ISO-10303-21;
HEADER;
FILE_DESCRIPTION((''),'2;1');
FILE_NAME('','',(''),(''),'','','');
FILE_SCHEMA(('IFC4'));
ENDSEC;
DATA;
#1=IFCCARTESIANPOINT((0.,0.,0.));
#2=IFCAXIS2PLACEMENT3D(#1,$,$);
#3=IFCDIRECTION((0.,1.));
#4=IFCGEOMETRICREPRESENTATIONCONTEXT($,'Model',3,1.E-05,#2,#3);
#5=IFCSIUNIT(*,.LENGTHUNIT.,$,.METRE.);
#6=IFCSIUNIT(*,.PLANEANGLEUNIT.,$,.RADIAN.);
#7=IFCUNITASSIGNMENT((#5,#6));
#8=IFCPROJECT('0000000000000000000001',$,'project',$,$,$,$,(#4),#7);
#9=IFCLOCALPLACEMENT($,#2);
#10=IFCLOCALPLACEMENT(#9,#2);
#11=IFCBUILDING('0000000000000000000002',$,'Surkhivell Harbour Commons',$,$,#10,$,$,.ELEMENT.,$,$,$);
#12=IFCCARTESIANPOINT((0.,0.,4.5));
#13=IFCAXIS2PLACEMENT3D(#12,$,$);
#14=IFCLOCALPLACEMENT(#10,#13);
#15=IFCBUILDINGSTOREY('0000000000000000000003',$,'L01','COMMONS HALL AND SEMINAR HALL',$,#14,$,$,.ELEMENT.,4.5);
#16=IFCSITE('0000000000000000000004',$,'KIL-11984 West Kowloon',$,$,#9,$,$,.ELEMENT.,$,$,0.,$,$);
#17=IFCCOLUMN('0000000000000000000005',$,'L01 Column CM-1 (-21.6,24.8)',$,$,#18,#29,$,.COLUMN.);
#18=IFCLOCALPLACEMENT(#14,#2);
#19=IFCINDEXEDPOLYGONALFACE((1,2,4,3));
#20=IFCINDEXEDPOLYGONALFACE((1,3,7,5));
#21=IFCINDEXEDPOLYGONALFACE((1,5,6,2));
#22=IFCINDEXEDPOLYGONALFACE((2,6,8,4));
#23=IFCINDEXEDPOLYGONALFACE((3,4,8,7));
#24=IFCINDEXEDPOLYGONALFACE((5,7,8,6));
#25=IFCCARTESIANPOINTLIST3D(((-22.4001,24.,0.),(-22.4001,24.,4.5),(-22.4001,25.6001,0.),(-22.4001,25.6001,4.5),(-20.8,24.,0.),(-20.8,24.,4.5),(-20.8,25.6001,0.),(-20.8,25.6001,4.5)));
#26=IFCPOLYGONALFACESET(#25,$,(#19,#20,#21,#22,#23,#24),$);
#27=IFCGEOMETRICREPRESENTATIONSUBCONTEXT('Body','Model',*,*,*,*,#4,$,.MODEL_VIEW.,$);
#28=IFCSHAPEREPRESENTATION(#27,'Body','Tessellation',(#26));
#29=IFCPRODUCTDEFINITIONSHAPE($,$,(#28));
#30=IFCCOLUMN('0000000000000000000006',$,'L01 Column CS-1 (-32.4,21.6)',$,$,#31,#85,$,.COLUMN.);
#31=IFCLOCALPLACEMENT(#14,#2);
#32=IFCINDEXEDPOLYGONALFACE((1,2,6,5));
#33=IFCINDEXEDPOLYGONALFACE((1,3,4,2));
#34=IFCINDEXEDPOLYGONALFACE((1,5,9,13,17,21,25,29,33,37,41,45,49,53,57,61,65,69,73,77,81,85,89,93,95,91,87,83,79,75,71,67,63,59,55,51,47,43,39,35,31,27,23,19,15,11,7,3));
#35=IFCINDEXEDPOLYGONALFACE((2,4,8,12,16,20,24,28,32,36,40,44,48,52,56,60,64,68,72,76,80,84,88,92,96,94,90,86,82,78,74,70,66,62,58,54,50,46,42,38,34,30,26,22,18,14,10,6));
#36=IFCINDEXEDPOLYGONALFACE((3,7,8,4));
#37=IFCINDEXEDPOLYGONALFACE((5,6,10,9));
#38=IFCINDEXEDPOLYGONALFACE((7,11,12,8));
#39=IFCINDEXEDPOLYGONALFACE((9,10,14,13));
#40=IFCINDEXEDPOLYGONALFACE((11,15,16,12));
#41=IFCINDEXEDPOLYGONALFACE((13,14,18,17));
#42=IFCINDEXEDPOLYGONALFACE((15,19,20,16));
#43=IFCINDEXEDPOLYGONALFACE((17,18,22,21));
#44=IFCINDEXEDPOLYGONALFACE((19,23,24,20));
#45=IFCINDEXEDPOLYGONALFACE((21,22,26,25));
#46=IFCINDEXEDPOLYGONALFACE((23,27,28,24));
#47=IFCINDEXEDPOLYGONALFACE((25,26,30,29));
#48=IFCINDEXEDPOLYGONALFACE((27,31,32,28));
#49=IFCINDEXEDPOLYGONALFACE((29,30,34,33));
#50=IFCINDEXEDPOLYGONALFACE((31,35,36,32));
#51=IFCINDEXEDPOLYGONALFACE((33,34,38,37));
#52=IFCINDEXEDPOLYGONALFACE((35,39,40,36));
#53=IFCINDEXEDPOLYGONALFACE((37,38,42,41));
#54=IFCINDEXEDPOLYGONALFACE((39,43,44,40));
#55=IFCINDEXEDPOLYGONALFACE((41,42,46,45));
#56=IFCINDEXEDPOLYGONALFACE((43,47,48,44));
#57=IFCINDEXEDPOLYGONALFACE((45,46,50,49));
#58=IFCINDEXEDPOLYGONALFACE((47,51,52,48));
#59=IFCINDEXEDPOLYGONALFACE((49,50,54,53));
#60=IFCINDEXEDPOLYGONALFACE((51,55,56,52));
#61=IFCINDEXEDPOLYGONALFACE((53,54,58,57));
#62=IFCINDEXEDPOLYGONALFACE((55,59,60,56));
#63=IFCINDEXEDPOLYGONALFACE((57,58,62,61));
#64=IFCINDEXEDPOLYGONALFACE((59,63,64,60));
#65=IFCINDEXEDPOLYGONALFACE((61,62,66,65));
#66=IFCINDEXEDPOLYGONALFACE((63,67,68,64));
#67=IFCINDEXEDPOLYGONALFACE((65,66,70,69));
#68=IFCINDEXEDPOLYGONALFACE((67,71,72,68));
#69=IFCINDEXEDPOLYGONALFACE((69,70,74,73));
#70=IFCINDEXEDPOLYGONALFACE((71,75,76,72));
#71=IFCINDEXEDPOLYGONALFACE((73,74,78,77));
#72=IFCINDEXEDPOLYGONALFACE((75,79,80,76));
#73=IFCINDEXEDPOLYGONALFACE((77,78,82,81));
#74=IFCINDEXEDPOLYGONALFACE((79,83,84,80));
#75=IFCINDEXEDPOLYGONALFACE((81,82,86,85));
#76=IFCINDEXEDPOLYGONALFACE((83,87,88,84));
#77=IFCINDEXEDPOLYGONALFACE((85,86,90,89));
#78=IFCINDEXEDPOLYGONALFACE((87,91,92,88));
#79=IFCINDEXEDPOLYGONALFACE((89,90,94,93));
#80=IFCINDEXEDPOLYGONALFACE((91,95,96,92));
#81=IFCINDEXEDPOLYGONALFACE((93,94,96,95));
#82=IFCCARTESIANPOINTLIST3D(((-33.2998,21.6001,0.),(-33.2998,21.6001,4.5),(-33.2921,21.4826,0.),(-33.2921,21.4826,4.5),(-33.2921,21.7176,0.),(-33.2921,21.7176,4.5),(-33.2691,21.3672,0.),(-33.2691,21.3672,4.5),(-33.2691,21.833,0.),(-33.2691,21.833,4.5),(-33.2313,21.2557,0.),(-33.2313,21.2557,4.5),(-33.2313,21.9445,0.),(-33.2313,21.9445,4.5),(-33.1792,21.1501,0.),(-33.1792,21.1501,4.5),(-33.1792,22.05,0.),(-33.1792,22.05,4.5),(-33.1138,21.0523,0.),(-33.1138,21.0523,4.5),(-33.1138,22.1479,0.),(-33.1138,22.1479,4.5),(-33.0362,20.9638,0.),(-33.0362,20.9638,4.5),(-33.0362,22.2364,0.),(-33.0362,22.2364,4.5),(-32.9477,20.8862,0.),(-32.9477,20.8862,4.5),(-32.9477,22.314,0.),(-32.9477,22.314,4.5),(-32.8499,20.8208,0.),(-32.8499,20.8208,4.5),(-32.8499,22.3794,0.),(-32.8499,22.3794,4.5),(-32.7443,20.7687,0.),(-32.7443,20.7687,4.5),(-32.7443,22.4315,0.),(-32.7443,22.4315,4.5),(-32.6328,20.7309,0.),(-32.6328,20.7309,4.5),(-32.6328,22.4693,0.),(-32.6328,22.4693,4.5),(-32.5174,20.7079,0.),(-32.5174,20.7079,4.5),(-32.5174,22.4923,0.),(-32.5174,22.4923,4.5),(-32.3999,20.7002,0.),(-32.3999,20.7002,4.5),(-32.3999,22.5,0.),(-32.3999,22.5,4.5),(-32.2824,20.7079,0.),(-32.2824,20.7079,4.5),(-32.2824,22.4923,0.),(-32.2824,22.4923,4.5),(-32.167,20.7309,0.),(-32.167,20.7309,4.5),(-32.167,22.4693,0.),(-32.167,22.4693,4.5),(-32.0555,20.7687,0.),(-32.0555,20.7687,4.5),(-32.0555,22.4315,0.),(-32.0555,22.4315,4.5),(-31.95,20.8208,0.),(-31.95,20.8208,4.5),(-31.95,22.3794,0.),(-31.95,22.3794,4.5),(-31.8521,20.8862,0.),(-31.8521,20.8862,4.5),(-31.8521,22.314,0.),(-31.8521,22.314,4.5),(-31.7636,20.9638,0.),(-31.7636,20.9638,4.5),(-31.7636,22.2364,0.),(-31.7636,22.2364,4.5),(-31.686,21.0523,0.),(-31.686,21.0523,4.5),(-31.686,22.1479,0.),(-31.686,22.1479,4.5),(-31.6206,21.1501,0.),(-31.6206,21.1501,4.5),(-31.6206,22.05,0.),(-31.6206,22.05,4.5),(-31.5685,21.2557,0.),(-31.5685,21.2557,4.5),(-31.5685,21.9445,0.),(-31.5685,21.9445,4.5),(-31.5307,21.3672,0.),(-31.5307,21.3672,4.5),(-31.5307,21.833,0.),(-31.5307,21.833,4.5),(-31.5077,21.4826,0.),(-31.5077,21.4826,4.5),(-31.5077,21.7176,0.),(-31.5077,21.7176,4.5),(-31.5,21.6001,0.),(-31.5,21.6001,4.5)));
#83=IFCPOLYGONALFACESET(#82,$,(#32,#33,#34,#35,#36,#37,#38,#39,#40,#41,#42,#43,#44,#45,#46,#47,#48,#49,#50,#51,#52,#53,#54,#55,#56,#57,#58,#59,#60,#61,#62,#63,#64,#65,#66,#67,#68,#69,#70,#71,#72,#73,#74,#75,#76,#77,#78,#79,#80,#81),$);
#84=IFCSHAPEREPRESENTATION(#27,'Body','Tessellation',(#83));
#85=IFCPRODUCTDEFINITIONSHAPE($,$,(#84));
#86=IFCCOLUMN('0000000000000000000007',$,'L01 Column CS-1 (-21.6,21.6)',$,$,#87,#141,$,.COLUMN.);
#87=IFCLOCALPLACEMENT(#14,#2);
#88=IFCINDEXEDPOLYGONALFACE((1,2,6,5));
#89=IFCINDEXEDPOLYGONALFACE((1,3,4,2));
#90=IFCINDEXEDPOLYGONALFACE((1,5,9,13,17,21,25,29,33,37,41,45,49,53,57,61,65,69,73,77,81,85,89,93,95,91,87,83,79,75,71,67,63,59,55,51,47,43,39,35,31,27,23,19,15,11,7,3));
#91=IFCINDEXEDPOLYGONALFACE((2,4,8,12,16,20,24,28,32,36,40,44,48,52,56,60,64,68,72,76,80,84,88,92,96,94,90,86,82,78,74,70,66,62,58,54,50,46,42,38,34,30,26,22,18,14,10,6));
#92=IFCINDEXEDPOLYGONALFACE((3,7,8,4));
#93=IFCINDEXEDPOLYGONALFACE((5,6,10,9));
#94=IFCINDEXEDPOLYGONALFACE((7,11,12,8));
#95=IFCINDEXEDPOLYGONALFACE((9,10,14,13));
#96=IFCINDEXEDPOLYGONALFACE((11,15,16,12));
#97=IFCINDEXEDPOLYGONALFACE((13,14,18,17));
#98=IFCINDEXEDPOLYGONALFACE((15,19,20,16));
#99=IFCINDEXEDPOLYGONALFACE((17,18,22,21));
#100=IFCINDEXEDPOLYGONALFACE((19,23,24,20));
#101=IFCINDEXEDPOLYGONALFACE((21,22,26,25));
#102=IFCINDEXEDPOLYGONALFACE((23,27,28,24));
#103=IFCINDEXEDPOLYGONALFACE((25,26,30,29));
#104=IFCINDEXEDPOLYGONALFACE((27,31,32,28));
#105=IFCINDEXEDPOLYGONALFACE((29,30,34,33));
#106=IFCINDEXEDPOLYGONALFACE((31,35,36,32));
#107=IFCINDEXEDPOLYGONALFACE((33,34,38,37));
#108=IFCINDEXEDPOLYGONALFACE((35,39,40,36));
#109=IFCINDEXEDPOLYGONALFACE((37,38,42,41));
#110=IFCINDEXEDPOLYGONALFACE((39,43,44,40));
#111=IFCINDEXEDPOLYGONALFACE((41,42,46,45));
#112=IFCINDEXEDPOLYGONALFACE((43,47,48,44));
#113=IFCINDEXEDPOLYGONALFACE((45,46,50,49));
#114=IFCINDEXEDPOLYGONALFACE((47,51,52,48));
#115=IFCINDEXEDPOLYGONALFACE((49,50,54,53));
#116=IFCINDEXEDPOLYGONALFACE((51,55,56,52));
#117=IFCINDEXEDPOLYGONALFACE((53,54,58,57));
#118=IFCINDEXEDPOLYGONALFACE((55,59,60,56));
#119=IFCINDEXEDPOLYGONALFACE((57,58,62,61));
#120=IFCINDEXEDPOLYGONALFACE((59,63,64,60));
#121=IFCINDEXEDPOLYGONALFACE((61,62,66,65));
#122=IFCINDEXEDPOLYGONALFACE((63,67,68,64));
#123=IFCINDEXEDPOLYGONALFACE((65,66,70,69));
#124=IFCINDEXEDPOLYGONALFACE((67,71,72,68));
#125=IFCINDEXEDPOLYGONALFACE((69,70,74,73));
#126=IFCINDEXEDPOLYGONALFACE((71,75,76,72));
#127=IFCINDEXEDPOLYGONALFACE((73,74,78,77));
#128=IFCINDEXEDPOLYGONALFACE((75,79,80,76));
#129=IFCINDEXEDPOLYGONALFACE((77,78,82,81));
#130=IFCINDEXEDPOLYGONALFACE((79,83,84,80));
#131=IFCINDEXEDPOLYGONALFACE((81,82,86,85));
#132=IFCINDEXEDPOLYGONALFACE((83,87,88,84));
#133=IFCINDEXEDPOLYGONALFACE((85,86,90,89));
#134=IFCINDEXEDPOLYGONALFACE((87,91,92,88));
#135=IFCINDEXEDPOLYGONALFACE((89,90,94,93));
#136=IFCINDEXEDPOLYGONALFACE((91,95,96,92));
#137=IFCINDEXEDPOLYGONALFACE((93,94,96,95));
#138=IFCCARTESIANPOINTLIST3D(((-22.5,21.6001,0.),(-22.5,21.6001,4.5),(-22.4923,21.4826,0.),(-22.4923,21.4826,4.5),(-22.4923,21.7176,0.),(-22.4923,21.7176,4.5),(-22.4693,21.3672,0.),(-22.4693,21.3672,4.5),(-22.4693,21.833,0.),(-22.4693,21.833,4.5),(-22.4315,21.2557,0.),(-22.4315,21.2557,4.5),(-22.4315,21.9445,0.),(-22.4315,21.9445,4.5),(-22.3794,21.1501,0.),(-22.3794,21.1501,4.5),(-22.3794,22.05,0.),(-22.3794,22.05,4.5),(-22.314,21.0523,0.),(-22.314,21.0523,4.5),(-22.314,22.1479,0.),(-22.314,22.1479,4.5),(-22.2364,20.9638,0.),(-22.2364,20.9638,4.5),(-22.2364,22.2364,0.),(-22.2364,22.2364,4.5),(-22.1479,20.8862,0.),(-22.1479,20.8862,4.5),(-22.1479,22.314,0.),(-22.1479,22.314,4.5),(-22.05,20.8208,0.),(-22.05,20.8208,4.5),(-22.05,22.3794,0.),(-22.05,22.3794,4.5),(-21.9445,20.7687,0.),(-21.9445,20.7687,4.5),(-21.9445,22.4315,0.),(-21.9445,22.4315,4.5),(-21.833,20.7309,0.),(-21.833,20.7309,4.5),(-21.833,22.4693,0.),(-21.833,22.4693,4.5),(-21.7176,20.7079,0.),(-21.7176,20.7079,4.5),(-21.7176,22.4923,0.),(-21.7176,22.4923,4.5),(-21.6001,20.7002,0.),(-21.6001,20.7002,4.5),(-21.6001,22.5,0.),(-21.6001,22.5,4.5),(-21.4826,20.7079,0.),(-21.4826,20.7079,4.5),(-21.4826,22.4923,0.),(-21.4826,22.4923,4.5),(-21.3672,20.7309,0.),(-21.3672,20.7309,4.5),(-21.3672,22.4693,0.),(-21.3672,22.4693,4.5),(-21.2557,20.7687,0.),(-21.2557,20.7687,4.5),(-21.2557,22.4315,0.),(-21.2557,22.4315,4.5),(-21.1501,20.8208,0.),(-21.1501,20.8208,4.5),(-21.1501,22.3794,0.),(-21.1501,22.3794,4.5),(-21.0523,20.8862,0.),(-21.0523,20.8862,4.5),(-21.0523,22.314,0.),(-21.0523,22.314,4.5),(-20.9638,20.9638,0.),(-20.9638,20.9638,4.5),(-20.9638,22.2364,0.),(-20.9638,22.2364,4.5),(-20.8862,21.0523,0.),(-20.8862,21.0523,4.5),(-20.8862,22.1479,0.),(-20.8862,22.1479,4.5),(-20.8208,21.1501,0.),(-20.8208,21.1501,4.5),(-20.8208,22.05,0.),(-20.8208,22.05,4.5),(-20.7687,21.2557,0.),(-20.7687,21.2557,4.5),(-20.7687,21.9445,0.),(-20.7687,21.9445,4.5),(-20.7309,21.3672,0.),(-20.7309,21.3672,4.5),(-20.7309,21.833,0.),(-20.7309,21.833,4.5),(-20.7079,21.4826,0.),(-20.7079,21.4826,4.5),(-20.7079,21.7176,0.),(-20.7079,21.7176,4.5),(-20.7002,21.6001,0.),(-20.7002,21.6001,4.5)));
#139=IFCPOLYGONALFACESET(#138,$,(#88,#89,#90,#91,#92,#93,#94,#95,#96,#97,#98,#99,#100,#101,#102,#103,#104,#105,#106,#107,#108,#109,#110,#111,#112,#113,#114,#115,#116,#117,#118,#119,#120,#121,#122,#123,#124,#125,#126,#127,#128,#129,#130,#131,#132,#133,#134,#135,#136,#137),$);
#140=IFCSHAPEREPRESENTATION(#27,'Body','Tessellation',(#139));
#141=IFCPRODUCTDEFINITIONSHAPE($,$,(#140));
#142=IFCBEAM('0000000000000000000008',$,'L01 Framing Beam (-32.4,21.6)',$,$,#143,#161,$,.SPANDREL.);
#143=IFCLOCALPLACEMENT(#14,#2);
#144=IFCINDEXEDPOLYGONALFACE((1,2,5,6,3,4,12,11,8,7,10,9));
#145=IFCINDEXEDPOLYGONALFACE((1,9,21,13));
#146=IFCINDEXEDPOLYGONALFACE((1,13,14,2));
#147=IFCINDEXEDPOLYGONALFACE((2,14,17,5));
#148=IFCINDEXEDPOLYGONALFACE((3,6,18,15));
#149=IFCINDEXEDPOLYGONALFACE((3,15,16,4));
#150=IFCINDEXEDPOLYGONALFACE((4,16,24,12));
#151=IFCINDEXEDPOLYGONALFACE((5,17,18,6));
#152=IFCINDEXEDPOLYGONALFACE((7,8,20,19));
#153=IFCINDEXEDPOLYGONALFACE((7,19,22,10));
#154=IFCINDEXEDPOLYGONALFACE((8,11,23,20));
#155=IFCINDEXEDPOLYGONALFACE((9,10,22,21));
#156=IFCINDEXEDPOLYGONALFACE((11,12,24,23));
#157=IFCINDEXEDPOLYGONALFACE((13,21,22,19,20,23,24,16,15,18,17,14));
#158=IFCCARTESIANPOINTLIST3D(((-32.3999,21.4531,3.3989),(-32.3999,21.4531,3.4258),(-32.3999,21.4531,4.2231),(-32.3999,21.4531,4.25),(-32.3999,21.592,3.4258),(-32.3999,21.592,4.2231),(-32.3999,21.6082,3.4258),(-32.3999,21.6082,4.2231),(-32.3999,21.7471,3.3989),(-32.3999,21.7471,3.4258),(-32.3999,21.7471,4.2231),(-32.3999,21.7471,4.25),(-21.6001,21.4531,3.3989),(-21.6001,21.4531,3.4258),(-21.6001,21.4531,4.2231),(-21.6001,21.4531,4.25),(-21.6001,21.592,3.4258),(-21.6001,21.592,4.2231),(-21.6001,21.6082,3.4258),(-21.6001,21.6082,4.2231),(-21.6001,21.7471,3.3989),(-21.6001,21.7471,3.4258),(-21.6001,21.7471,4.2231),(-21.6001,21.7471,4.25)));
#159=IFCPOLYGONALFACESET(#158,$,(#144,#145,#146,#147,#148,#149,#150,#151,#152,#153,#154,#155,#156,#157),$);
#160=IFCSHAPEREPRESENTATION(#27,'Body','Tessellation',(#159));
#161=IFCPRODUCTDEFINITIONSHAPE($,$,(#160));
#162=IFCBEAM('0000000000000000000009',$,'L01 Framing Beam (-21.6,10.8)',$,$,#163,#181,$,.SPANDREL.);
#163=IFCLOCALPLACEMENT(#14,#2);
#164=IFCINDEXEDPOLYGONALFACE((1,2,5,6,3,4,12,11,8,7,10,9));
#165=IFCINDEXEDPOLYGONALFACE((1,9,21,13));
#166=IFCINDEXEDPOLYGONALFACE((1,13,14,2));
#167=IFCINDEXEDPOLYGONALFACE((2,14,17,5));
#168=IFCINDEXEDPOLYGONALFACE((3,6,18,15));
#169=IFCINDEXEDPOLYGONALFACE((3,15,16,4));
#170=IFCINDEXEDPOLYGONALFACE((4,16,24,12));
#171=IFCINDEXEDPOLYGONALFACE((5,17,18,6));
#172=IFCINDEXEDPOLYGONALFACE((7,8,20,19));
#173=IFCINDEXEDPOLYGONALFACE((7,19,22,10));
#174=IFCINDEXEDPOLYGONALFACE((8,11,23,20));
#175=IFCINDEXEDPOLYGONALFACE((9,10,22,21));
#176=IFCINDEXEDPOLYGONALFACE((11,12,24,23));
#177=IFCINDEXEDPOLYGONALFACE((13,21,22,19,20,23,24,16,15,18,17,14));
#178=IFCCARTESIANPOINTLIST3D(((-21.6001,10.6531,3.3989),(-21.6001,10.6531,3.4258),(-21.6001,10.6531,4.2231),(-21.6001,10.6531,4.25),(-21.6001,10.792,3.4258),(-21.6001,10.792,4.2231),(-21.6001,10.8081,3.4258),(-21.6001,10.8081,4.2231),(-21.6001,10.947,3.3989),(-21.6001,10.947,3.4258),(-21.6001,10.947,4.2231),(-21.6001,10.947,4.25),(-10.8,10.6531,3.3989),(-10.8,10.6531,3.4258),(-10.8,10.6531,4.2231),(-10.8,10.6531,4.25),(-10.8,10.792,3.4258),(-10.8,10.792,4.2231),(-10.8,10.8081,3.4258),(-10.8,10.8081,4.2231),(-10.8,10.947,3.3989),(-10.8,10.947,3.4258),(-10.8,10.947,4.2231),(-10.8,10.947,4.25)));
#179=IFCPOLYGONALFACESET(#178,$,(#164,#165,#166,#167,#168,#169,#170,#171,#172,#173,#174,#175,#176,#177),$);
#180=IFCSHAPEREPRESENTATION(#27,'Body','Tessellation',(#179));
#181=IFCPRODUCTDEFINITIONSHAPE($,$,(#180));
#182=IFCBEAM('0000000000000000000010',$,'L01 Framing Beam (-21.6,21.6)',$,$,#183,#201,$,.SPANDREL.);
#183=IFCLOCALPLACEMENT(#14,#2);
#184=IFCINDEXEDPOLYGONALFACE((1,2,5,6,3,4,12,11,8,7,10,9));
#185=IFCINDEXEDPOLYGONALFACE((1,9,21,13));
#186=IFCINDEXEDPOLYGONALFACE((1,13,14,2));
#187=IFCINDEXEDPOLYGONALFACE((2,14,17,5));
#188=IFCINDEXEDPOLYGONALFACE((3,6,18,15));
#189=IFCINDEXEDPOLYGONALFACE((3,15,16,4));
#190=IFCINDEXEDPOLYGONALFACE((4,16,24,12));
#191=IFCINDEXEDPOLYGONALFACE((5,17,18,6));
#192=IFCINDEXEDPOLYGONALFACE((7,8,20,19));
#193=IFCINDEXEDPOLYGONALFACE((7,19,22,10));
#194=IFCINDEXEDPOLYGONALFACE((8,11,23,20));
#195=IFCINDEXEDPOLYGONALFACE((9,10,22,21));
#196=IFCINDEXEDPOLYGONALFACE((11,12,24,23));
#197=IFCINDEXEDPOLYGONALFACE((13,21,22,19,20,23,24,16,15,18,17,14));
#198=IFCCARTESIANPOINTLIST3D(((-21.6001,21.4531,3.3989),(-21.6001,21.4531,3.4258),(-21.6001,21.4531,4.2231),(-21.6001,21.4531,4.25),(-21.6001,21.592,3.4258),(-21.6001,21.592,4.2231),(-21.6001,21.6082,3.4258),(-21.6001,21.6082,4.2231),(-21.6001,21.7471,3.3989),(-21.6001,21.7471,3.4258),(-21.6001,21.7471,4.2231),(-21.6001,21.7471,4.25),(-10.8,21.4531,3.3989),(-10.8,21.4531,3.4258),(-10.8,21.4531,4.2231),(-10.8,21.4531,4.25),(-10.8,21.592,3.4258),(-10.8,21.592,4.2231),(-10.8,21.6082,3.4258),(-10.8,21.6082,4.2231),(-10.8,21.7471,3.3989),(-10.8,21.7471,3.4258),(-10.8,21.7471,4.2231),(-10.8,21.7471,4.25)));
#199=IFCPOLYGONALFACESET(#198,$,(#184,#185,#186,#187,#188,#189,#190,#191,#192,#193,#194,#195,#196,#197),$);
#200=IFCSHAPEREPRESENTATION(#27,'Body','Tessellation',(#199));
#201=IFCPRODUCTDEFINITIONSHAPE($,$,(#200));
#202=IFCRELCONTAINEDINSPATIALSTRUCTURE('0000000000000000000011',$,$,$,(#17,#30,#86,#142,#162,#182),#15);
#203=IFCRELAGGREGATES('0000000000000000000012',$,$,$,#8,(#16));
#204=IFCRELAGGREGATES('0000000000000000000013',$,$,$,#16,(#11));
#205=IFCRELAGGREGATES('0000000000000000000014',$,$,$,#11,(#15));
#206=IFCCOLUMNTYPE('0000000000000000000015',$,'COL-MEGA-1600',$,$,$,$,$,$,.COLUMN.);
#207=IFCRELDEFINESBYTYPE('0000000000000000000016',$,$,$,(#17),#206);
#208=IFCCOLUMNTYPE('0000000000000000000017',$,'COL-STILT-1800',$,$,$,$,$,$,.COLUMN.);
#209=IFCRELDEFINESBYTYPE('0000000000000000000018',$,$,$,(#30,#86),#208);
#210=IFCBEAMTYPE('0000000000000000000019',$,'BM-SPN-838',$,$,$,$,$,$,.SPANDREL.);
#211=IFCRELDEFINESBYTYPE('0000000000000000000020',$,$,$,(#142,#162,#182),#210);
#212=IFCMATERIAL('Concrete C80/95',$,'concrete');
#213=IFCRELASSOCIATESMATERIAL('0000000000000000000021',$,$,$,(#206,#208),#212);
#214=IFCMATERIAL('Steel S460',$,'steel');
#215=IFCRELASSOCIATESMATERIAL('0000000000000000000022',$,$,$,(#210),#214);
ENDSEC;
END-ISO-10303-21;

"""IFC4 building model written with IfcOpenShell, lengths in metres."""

from ifc_helpers import new_model, si_unit, direction, frame, origin, origin_2d, place, context, subcontext, project, spatial, rectangle, circle, i_section, extrude, material, material_profile, profile_set, type_object, element, save


model = new_model("IFC4")

# Units and contexts
model_context = context("Model", 3, precision=1e-05, world=origin(), true_north=direction((0.0, 1.0)))
body_context = subcontext(model_context, "Body", "Model", "MODEL_VIEW")
ifc_project = project(units=[si_unit("LENGTHUNIT", "METRE"), si_unit("PLANEANGLEUNIT", "RADIAN")], contexts=[model_context])

# Site, building, storey
site_placement = place(None, origin())
site = spatial("IfcSite", under=ifc_project, at=site_placement, Name="KIL-11984 West Kowloon", CompositionType="ELEMENT", RefElevation=0.0)
building_placement = place(site_placement, origin())
building = spatial("IfcBuilding", under=site, at=building_placement, Name="Surkhivell Harbour Commons", CompositionType="ELEMENT")
storey_placement = place(building_placement, frame((0.0, 0.0, 4.5)))
storey = spatial("IfcBuildingStorey", under=building, at=storey_placement, Name="L01", Description="COMMONS HALL AND SEMINAR HALL", CompositionType="ELEMENT", Elevation=4.5)

# Columns
ifc_material_1 = material(Name="Concrete C80/95", Category="concrete")
ifc_material_profile_1 = material_profile(ifc_material_1, rectangle(XDim=1.6001, YDim=1.6001, at=origin_2d()), Name="RC-COL-1600x1600")
ifc_profile_set_1 = profile_set([ifc_material_profile_1], Name="Concrete C80/95")
column_type_1 = type_object("IfcColumnType", Name="COL-MEGA-1600", PredefinedType="COLUMN", material=ifc_profile_set_1)
column_placement = place(storey_placement, frame((-21.6001, 24.8, 0.0), z_axis=(0.0, 0.0, 1.0), x_axis=(1.0, 0.0, 0.0)))
element("IfcColumn", 1, at=column_placement, inside=storey, type_object=column_type_1, Name="L01 Column CM-1 (-21.6,24.8)", PredefinedType="COLUMN", context=body_context, shape_type="SweptSolid", body=[
    extrude(rectangle(XDim=1.6001, YDim=1.6001, at=origin_2d()), origin(), (0.0, 0.0, 1.0), 4.5),
])
ifc_material_profile_2 = material_profile(ifc_material_1, circle(Radius=0.8999, at=origin_2d()), Name="RC-CIRC-1800")
ifc_profile_set_2 = profile_set([ifc_material_profile_2], Name="Concrete C80/95")
column_type_2 = type_object("IfcColumnType", Name="COL-STILT-1800", PredefinedType="COLUMN", material=ifc_profile_set_2)
for number, where, z_axis, x_axis, name in (
    (2, (-32.3999, 21.6001, 0.0), (0.0, 0.0, 1.0), (1.0, 0.0, 0.0), "L01 Column CS-1 (-32.4,21.6)"),
    (3, (-21.6001, 21.6001, 0.0), (0.0, 0.0, 1.0), (1.0, 0.0, 0.0), "L01 Column CS-1 (-21.6,21.6)"),
):
    element("IfcColumn", number, at=place(storey_placement, frame(where, z_axis=z_axis, x_axis=x_axis)), inside=storey, type_object=column_type_2, Name=name, PredefinedType="COLUMN", context=body_context, shape_type="SweptSolid", body=[
        extrude(circle(Radius=0.8999, at=origin_2d()), origin(), (0.0, 0.0, 1.0), 4.5),
    ])

# Beams
ifc_material_2 = material(Name="Steel S460", Category="steel")
ifc_material_profile_3 = material_profile(ifc_material_2, i_section(OverallWidth=0.2939, OverallDepth=0.8511, WebThickness=0.0161, FlangeThickness=0.0269, at=origin_2d()), Name="UB838x292x226")
ifc_profile_set_3 = profile_set([ifc_material_profile_3], Name="Steel S460")
beam_type = type_object("IfcBeamType", Name="BM-SPN-838", PredefinedType="SPANDREL", material=ifc_profile_set_3)
beam_placement = place(storey_placement, frame((-32.3999, 21.6001, 3.8245), z_axis=(1.0, 0.0, 0.0), x_axis=(0.0, 1.0, 0.0)))
element("IfcBeam", 4, at=beam_placement, inside=storey, type_object=beam_type, Name="L01 Framing Beam (-32.4,21.6)", PredefinedType="SPANDREL", context=body_context, shape_type="SweptSolid", body=[
    extrude(i_section(OverallWidth=0.2939, OverallDepth=0.8511, WebThickness=0.0161, FlangeThickness=0.0269, at=origin_2d()), origin(), (0.0, 0.0, 1.0), 10.7998),
])
for number, where, z_axis, x_axis, name in (
    (5, (-21.6001, 10.8, 3.8245), (1.0, 0.0, 0.0), (0.0, 1.0, 0.0), "L01 Framing Beam (-21.6,10.8)"),
    (6, (-21.6001, 21.6001, 3.8245), (1.0, 0.0, 0.0), (0.0, 1.0, 0.0), "L01 Framing Beam (-21.6,21.6)"),
):
    element("IfcBeam", number, at=place(storey_placement, frame(where, z_axis=z_axis, x_axis=x_axis)), inside=storey, type_object=beam_type, Name=name, PredefinedType="SPANDREL", context=body_context, shape_type="SweptSolid", body=[
        extrude(i_section(OverallWidth=0.2939, OverallDepth=0.8511, WebThickness=0.0161, FlangeThickness=0.0269, at=origin_2d()), origin(), (0.0, 0.0, 1.0), 10.8),
    ])

save(model, "model.ifc")
